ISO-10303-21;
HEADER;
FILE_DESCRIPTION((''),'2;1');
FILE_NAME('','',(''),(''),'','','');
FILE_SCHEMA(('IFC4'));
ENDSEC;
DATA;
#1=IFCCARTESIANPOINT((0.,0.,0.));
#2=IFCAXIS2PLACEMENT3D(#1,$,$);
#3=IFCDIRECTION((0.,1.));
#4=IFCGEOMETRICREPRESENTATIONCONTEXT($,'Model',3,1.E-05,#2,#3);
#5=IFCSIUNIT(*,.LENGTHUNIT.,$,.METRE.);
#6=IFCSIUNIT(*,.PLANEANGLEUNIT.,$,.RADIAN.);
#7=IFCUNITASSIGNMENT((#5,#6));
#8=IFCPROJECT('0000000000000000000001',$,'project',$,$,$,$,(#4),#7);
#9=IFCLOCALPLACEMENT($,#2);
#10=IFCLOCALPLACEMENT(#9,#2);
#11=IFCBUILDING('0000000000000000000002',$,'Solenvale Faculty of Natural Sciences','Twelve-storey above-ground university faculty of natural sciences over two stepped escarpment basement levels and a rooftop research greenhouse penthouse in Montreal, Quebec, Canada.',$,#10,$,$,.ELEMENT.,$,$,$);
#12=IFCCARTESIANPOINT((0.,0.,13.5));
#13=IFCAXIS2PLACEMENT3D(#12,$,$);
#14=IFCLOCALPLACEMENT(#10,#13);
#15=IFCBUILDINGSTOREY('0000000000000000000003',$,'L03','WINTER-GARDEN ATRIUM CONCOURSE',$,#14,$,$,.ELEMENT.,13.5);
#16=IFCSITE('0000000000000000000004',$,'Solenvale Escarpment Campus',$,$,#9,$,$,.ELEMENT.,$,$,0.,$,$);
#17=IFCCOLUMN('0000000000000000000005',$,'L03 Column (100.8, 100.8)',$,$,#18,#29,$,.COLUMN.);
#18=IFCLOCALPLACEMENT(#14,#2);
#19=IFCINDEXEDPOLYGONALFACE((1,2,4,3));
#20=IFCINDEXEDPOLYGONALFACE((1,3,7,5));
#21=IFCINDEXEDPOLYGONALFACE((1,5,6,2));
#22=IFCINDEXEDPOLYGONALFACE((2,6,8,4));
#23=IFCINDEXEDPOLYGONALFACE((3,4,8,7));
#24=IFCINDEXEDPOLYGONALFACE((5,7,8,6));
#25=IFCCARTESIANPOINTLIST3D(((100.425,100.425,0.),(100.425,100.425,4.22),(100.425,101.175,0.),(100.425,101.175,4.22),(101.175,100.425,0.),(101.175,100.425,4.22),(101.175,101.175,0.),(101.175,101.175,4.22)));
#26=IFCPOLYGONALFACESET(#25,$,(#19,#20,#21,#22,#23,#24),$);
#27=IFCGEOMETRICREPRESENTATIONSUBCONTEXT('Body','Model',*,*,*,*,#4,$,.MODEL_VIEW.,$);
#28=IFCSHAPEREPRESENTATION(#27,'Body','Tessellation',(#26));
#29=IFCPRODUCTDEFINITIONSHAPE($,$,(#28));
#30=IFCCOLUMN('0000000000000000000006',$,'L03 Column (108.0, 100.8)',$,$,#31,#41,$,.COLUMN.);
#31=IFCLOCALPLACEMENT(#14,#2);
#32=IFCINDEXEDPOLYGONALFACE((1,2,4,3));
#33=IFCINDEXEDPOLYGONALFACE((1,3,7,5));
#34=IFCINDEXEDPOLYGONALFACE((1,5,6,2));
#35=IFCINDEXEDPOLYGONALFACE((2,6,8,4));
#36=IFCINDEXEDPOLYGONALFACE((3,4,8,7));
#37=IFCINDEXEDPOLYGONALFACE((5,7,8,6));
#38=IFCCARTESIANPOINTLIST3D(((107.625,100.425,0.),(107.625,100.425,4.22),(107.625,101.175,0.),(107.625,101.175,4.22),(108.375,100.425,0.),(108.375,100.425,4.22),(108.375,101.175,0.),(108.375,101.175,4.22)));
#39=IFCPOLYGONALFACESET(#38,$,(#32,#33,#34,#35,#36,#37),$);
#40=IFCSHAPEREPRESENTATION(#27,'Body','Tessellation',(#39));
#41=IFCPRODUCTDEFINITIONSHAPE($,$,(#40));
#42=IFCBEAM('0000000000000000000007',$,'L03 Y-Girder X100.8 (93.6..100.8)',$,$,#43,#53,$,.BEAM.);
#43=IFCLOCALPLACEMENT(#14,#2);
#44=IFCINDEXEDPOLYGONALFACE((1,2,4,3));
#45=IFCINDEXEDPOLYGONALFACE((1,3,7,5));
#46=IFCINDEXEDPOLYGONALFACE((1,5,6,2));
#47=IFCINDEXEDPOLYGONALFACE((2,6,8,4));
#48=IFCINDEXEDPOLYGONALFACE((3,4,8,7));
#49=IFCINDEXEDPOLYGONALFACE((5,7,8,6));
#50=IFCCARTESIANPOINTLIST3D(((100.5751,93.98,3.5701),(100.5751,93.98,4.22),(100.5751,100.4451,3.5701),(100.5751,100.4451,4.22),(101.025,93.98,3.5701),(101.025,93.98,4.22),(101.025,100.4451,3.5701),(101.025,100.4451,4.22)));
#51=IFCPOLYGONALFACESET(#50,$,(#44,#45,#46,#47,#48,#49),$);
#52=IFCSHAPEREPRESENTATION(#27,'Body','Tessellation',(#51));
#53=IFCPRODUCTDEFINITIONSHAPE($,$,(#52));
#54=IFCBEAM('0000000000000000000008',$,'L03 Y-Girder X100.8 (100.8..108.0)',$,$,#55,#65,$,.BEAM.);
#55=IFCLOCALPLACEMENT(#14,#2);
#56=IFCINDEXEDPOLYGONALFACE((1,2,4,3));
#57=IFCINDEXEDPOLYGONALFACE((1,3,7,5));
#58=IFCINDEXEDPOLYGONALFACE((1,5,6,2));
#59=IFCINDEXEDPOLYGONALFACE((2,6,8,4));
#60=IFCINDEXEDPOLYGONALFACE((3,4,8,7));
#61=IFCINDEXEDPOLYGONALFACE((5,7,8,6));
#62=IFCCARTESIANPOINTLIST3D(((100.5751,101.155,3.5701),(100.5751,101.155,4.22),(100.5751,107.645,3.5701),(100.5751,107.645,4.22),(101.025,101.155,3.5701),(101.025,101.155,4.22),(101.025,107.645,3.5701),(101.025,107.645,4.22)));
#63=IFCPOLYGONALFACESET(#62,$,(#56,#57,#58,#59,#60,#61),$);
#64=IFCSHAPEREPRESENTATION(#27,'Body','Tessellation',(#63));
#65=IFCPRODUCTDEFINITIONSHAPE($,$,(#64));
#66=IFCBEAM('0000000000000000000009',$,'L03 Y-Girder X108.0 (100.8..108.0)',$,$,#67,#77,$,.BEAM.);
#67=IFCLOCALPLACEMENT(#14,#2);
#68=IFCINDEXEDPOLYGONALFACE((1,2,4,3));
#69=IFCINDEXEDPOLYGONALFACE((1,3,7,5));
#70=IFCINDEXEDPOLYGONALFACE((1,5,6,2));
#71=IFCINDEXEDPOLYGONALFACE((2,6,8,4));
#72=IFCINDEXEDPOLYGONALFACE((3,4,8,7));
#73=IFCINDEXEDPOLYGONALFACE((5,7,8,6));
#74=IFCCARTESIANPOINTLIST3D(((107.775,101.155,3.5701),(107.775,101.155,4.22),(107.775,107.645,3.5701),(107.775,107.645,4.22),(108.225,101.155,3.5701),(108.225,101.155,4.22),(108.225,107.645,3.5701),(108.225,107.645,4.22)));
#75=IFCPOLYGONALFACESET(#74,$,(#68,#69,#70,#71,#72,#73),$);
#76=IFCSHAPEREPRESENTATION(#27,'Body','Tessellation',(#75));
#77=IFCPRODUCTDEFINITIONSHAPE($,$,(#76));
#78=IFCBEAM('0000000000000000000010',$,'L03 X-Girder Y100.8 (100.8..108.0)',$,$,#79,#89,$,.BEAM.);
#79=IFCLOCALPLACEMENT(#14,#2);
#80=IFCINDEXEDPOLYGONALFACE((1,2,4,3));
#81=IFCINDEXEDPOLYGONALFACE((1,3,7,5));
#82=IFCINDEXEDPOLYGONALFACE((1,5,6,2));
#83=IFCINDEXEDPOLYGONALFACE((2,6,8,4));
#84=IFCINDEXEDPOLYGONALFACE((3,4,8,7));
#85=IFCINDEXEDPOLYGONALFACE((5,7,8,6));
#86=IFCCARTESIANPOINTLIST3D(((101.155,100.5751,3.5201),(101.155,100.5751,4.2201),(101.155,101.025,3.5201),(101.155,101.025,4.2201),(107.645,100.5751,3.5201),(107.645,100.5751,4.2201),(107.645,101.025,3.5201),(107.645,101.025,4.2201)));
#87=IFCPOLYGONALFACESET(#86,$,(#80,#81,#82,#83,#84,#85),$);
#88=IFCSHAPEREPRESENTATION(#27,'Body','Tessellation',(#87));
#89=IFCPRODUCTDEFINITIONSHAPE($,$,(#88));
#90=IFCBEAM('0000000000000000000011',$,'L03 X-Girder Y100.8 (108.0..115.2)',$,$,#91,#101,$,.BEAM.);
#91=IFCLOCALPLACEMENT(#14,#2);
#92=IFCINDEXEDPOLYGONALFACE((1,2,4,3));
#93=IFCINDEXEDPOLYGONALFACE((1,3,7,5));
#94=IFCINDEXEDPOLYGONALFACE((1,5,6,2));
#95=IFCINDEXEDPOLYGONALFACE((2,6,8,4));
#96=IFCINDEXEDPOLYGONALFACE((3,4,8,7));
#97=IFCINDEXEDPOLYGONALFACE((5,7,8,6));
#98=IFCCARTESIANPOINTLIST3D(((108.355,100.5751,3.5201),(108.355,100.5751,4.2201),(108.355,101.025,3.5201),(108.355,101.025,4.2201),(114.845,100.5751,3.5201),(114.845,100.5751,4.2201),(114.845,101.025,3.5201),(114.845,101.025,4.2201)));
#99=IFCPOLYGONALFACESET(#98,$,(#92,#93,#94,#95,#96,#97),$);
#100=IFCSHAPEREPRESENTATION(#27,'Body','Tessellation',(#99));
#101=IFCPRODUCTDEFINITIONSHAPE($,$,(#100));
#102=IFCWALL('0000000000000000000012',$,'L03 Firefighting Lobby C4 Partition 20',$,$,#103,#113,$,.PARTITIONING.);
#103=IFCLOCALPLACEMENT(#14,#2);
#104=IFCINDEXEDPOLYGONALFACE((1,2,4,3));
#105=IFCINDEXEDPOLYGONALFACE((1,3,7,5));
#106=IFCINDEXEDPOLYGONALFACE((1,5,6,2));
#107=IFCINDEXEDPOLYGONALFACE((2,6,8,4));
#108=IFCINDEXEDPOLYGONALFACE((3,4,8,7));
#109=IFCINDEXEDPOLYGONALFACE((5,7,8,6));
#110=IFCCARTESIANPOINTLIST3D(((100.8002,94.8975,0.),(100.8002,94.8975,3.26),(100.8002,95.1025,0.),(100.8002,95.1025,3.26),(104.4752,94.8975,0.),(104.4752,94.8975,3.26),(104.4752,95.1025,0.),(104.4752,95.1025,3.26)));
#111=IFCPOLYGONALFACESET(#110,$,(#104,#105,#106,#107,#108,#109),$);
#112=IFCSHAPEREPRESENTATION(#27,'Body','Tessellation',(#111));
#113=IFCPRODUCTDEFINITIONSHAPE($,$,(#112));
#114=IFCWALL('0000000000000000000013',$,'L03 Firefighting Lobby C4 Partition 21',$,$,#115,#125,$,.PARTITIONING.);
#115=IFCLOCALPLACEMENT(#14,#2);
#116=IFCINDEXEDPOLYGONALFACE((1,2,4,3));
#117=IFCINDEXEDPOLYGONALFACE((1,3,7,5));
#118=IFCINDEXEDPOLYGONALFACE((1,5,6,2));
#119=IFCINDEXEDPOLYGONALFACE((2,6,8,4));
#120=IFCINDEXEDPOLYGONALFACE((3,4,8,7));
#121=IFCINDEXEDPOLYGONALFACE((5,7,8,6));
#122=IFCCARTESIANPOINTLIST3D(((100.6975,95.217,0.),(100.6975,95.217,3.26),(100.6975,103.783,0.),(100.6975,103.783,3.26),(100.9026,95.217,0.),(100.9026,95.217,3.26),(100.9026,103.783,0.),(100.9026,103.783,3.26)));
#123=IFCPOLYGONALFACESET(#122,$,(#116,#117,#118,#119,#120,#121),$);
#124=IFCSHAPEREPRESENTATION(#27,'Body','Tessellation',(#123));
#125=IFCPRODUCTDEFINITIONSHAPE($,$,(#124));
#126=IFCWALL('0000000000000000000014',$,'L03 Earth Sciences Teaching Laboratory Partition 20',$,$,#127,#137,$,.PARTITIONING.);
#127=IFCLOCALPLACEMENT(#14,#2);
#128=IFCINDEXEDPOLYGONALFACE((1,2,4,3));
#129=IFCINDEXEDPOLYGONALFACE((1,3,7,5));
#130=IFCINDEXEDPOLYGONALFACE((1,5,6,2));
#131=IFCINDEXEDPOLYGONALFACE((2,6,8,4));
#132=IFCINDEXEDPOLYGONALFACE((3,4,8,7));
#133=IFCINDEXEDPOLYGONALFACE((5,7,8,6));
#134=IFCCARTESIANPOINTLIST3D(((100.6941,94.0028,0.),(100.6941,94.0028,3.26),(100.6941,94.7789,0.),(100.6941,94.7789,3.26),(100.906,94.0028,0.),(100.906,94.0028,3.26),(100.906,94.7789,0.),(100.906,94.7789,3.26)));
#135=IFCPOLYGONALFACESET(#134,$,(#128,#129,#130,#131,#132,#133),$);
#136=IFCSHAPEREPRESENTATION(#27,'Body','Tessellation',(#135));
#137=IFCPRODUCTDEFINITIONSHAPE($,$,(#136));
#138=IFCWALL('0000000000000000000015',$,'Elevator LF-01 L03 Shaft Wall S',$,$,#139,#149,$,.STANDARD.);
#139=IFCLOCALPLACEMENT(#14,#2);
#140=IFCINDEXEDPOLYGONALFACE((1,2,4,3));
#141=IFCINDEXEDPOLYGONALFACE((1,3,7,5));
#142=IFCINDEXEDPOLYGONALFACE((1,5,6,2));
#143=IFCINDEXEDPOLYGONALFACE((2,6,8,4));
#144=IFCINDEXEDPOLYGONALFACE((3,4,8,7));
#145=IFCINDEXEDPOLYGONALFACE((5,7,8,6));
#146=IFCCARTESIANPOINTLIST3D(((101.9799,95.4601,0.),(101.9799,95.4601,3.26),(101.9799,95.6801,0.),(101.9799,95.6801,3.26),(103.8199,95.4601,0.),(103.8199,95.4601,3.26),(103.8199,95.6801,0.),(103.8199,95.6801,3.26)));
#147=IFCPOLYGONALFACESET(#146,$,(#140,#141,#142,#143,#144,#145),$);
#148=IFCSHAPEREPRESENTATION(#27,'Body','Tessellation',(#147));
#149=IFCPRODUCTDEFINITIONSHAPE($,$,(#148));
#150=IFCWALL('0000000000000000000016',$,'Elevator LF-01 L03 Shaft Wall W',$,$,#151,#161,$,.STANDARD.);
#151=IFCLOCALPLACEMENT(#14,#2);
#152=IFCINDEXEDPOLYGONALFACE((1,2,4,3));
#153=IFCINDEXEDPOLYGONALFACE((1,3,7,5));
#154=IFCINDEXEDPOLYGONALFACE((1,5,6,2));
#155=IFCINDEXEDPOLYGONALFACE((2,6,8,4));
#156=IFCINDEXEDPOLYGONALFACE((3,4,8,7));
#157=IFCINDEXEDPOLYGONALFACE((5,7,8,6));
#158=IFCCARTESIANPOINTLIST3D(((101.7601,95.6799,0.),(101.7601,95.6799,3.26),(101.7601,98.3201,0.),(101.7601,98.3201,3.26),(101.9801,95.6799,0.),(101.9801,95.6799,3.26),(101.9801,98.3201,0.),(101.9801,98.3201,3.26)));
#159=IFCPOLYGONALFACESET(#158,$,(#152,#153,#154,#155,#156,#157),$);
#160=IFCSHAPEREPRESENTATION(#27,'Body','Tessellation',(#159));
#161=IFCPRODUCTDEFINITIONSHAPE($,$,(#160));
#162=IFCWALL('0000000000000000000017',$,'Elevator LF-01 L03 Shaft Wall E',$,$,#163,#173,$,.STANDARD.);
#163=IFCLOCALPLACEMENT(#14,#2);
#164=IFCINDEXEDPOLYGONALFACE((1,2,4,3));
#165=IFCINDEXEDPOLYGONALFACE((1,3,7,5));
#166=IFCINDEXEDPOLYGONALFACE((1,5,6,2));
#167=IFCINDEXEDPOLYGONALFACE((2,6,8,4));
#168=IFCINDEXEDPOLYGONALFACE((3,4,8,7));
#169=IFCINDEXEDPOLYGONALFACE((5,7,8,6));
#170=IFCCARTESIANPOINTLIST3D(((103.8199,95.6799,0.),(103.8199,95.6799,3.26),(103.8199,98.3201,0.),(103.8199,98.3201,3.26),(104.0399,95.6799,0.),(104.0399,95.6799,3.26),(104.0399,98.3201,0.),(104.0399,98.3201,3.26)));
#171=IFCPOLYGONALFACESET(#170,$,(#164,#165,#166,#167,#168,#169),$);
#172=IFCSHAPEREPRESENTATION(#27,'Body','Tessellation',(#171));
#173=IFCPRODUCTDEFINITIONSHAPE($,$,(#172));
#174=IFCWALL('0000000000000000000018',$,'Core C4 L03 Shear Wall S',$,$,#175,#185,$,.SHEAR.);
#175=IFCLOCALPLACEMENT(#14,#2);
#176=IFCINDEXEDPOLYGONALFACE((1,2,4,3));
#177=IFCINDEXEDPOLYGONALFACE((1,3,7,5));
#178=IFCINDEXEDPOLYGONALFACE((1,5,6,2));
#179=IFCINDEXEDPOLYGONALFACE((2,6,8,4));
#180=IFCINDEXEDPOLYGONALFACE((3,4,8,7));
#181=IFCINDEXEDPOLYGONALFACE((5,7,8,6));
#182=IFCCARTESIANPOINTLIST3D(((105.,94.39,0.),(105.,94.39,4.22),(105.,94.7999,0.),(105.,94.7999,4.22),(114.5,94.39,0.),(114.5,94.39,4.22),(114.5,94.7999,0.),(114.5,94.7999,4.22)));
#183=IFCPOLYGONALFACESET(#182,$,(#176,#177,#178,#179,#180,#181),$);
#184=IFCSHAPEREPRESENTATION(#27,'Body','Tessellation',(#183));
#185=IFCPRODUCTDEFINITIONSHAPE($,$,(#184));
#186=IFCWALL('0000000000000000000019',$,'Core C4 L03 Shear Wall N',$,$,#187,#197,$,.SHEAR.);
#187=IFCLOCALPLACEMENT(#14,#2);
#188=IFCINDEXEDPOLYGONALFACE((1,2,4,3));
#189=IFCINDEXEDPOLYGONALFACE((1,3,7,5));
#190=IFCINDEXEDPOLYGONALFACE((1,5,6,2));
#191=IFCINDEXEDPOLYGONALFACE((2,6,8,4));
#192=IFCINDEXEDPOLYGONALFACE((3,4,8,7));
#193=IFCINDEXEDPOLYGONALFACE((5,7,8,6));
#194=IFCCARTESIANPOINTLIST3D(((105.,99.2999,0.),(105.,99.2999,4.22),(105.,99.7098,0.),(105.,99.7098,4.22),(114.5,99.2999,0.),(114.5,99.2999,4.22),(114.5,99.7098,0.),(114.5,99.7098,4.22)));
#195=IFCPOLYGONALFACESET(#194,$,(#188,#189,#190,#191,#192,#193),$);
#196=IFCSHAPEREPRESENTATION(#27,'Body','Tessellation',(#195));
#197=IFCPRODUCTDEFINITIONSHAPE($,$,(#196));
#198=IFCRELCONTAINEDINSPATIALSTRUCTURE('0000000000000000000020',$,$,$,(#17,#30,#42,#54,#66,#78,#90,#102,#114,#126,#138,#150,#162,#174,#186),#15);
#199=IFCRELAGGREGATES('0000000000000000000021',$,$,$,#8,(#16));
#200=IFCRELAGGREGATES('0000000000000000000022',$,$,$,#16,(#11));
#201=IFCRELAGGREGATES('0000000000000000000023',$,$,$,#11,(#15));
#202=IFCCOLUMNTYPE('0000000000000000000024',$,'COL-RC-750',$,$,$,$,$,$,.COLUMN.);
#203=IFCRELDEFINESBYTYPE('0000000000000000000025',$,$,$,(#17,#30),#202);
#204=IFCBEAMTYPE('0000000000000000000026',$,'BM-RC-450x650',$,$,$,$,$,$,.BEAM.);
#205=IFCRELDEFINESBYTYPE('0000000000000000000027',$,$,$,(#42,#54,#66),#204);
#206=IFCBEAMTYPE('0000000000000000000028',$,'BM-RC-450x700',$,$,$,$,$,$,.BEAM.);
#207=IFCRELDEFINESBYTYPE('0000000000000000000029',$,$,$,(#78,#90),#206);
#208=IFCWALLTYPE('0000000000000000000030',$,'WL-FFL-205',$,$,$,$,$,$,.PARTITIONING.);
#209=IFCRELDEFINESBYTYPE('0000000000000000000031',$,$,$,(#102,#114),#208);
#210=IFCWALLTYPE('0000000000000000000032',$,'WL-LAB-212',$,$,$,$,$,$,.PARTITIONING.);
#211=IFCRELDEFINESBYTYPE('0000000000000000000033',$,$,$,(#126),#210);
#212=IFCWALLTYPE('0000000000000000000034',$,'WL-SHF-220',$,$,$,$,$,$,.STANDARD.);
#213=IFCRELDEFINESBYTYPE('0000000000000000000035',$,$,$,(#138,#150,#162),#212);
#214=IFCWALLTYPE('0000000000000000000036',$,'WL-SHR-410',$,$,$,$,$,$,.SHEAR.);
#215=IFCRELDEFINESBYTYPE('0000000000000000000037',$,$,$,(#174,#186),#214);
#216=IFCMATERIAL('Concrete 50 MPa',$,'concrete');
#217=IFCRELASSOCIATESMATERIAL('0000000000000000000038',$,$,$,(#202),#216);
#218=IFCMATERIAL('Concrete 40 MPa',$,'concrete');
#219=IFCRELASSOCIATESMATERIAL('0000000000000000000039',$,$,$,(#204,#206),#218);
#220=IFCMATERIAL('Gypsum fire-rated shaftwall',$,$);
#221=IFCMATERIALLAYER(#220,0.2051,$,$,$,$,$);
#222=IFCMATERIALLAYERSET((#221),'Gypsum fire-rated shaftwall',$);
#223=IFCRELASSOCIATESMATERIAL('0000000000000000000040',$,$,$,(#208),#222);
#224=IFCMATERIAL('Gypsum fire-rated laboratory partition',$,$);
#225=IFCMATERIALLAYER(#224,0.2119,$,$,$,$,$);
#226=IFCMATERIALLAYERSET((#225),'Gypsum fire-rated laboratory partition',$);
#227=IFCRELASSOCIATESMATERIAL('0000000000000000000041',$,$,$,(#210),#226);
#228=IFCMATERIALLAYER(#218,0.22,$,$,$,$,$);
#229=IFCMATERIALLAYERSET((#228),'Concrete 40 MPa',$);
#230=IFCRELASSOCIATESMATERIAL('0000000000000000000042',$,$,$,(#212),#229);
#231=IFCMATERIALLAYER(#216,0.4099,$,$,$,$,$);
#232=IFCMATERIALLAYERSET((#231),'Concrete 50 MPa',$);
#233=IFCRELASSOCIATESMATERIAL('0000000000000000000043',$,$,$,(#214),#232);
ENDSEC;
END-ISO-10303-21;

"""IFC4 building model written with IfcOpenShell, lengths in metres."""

from ifc_helpers import new_model, si_unit, direction, frame, frame_2d, origin, origin_2d, place, context, subcontext, project, spatial, rectangle, extrude, material, layer, layer_set, material_profile, profile_set, type_object, element, save


model = new_model("IFC4")

# Units and contexts
model_context = context("Model", 3, precision=1e-05, world=origin(), true_north=direction((0.0, 1.0)))
body_context = subcontext(model_context, "Body", "Model", "MODEL_VIEW")
ifc_project = project(units=[si_unit("LENGTHUNIT", "METRE"), si_unit("PLANEANGLEUNIT", "RADIAN")], contexts=[model_context])

# Site, building, storey
site_placement = place(None, origin())
site = spatial("IfcSite", under=ifc_project, at=site_placement, Name="Solenvale Escarpment Campus", CompositionType="ELEMENT", RefElevation=0.0)
building_placement = place(site_placement, origin())
building = spatial("IfcBuilding", under=site, at=building_placement, Name="Solenvale Faculty of Natural Sciences", Description="Twelve-storey above-ground university faculty of natural sciences over two stepped escarpment basement levels and a rooftop research greenhouse penthouse in Montreal, Quebec, Canada.", CompositionType="ELEMENT")
storey_placement = place(building_placement, frame((0.0, 0.0, 13.5)))
storey = spatial("IfcBuildingStorey", under=building, at=storey_placement, Name="L03", Description="WINTER-GARDEN ATRIUM CONCOURSE", CompositionType="ELEMENT", Elevation=13.5)

# Columns
ifc_material_1 = material(Name="Concrete 50 MPa", Category="concrete")
ifc_material_profile_1 = material_profile(ifc_material_1, rectangle(XDim=0.75, YDim=0.75, at=origin_2d()), Name="RC-COL-750x750")
ifc_profile_set_1 = profile_set([ifc_material_profile_1], Name="Concrete 50 MPa")
column_type = type_object("IfcColumnType", Name="COL-RC-750", PredefinedType="COLUMN", material=ifc_profile_set_1)
for number, where, z_axis, x_axis, name in (
    (1, (100.8, 100.8, 0.0), (0.0, 0.0, 1.0), (1.0, 0.0, 0.0), "L03 Column (100.8, 100.8)"),
    (2, (108.0, 100.8, 0.0), (0.0, 0.0, 1.0), (1.0, 0.0, 0.0), "L03 Column (108.0, 100.8)"),
):
    element("IfcColumn", number, at=place(storey_placement, frame(where, z_axis=z_axis, x_axis=x_axis)), inside=storey, type_object=column_type, Name=name, PredefinedType="COLUMN", context=body_context, shape_type="SweptSolid", body=[
        extrude(rectangle(XDim=0.75, YDim=0.75, at=origin_2d()), origin(), (0.0, 0.0, 1.0), 4.22),
    ])

# Beams
ifc_material_2 = material(Name="Concrete 40 MPa", Category="concrete")
ifc_material_profile_2 = material_profile(ifc_material_2, rectangle(XDim=0.45, YDim=0.6499, at=origin_2d()), Name="RC-BM-450x650")
ifc_profile_set_2 = profile_set([ifc_material_profile_2], Name="Concrete 40 MPa")
beam_type_1 = type_object("IfcBeamType", Name="BM-RC-450x650", PredefinedType="BEAM", material=ifc_profile_set_2)
beam_placement = place(storey_placement, frame((100.8, 93.98, 3.895), z_axis=(0.0, 1.0, 0.0), x_axis=(-1.0, 0.0, 0.0)))
element("IfcBeam", 3, at=beam_placement, inside=storey, type_object=beam_type_1, Name="L03 Y-Girder X100.8 (93.6..100.8)", PredefinedType="BEAM", context=body_context, shape_type="SweptSolid", body=[
    extrude(rectangle(XDim=0.45, YDim=0.6499, at=origin_2d()), origin(), (0.0, 0.0, 1.0), 6.4651),
])
for number, where, z_axis, x_axis, name in (
    (4, (100.8, 101.155, 3.895), (0.0, 1.0, 0.0), (-1.0, 0.0, 0.0), "L03 Y-Girder X100.8 (100.8..108.0)"),
    (5, (108.0, 101.155, 3.895), (0.0, 1.0, 0.0), (-1.0, 0.0, 0.0), "L03 Y-Girder X108.0 (100.8..108.0)"),
):
    element("IfcBeam", number, at=place(storey_placement, frame(where, z_axis=z_axis, x_axis=x_axis)), inside=storey, type_object=beam_type_1, Name=name, PredefinedType="BEAM", context=body_context, shape_type="SweptSolid", body=[
        extrude(rectangle(XDim=0.45, YDim=0.6499, at=origin_2d()), origin(), (0.0, 0.0, 1.0), 6.49),
    ])
ifc_material_profile_3 = material_profile(ifc_material_2, rectangle(XDim=0.45, YDim=0.7, at=origin_2d()), Name="RC-BM-450x700")
ifc_profile_set_3 = profile_set([ifc_material_profile_3], Name="Concrete 40 MPa")
beam_type_2 = type_object("IfcBeamType", Name="BM-RC-450x700", PredefinedType="BEAM", material=ifc_profile_set_3)
for number, where, z_axis, x_axis, name in (
    (6, (101.155, 100.8, 3.8701), (1.0, 0.0, 0.0), (0.0, 1.0, 0.0), "L03 X-Girder Y100.8 (100.8..108.0)"),
    (7, (108.355, 100.8, 3.8701), (1.0, 0.0, 0.0), (0.0, 1.0, 0.0), "L03 X-Girder Y100.8 (108.0..115.2)"),
):
    element("IfcBeam", number, at=place(storey_placement, frame(where, z_axis=z_axis, x_axis=x_axis)), inside=storey, type_object=beam_type_2, Name=name, PredefinedType="BEAM", context=body_context, shape_type="SweptSolid", body=[
        extrude(rectangle(XDim=0.45, YDim=0.7, at=origin_2d()), origin(), (0.0, 0.0, 1.0), 6.49),
    ])

# Walls
ifc_material_3 = material(Name="Gypsum fire-rated shaftwall")
ifc_layer_1 = layer(ifc_material_3, 0.2051)
ifc_layer_set_1 = layer_set([ifc_layer_1], Name="Gypsum fire-rated shaftwall")
wall_type_1 = type_object("IfcWallType", Name="WL-FFL-205", PredefinedType="PARTITIONING", material=ifc_layer_set_1)
wall_1_placement = place(storey_placement, frame((104.4751, 95.0, 0.0), z_axis=(0.0, 0.0, 1.0), x_axis=(-1.0, 0.0, 0.0)))
element("IfcWall", 8, at=wall_1_placement, inside=storey, type_object=wall_type_1, Name="L03 Firefighting Lobby C4 Partition 20", PredefinedType="PARTITIONING", context=body_context, shape_type="SweptSolid", body=[
    extrude(rectangle(XDim=3.675, YDim=0.2051, at=frame_2d((1.8374, 0.0))), origin(), (0.0, 0.0, 1.0), 3.26),
])
wall_2_placement = place(storey_placement, frame((100.8, 95.217, 0.0), z_axis=(0.0, 0.0, 1.0), x_axis=(0.0, 1.0, 0.0)))
element("IfcWall", 9, at=wall_2_placement, inside=storey, type_object=wall_type_1, Name="L03 Firefighting Lobby C4 Partition 21", PredefinedType="PARTITIONING", context=body_context, shape_type="SweptSolid", body=[
    extrude(rectangle(XDim=8.5659, YDim=0.2051, at=frame_2d((4.283, 0.0))), origin(), (0.0, 0.0, 1.0), 3.26),
])
ifc_material_4 = material(Name="Gypsum fire-rated laboratory partition")
ifc_layer_2 = layer(ifc_material_4, 0.2119)
ifc_layer_set_2 = layer_set([ifc_layer_2], Name="Gypsum fire-rated laboratory partition")
wall_type_2 = type_object("IfcWallType", Name="WL-LAB-212", PredefinedType="PARTITIONING", material=ifc_layer_set_2)
wall_3_placement = place(storey_placement, frame((100.8, 94.7791, 0.0), z_axis=(0.0, 0.0, 1.0), x_axis=(0.0, -1.0, 0.0)))
element("IfcWall", 10, at=wall_3_placement, inside=storey, type_object=wall_type_2, Name="L03 Earth Sciences Teaching Laboratory Partition 20", PredefinedType="PARTITIONING", context=body_context, shape_type="SweptSolid", body=[
    extrude(rectangle(XDim=0.7761, YDim=0.2119, at=frame_2d((0.3882, 0.0))), origin(), (0.0, 0.0, 1.0), 3.26),
])
ifc_layer_3 = layer(ifc_material_2, 0.22)
ifc_layer_set_3 = layer_set([ifc_layer_3], Name="Concrete 40 MPa")
wall_type_3 = type_object("IfcWallType", Name="WL-SHF-220", PredefinedType="STANDARD", material=ifc_layer_set_3)
wall_4_placement = place(storey_placement, frame((101.98, 95.5701, 0.0), z_axis=(0.0, 0.0, 1.0), x_axis=(1.0, 0.0, 0.0)))
element("IfcWall", 11, at=wall_4_placement, inside=storey, type_object=wall_type_3, Name="Elevator LF-01 L03 Shaft Wall S", PredefinedType="STANDARD", context=body_context, shape_type="SweptSolid", body=[
    extrude(rectangle(XDim=1.8401, YDim=0.22, at=frame_2d((0.9199, 0.0))), origin(), (0.0, 0.0, 1.0), 3.26),
])

# Walls
for number, where, z_axis, x_axis, name in (
    (12, (101.8701, 95.6799, 0.0), (0.0, 0.0, 1.0), (0.0, 1.0, 0.0), "Elevator LF-01 L03 Shaft Wall W"),
    (13, (103.9299, 95.6799, 0.0), (0.0, 0.0, 1.0), (0.0, 1.0, 0.0), "Elevator LF-01 L03 Shaft Wall E"),
):
    element("IfcWall", number, at=place(storey_placement, frame(where, z_axis=z_axis, x_axis=x_axis)), inside=storey, type_object=wall_type_3, Name=name, PredefinedType="STANDARD", context=body_context, shape_type="SweptSolid", body=[
        extrude(rectangle(XDim=2.6401, YDim=0.22, at=frame_2d((1.3201, 0.0))), origin(), (0.0, 0.0, 1.0), 3.26),
    ])
ifc_layer_4 = layer(ifc_material_1, 0.4099)
ifc_layer_set_4 = layer_set([ifc_layer_4], Name="Concrete 50 MPa")
wall_type_4 = type_object("IfcWallType", Name="WL-SHR-410", PredefinedType="SHEAR", material=ifc_layer_set_4)
for number, where, z_axis, x_axis, name in (
    (14, (105.0, 94.595, 0.0), (0.0, 0.0, 1.0), (1.0, 0.0, 0.0), "Core C4 L03 Shear Wall S"),
    (15, (105.0, 99.5049, 0.0), (0.0, 0.0, 1.0), (1.0, 0.0, 0.0), "Core C4 L03 Shear Wall N"),
):
    element("IfcWall", number, at=place(storey_placement, frame(where, z_axis=z_axis, x_axis=x_axis)), inside=storey, type_object=wall_type_4, Name=name, PredefinedType="SHEAR", context=body_context, shape_type="SweptSolid", body=[
        extrude(rectangle(XDim=9.5, YDim=0.4099, at=frame_2d((4.75, 0.0))), origin(), (0.0, 0.0, 1.0), 4.22),
    ])

save(model, "model.ifc")
